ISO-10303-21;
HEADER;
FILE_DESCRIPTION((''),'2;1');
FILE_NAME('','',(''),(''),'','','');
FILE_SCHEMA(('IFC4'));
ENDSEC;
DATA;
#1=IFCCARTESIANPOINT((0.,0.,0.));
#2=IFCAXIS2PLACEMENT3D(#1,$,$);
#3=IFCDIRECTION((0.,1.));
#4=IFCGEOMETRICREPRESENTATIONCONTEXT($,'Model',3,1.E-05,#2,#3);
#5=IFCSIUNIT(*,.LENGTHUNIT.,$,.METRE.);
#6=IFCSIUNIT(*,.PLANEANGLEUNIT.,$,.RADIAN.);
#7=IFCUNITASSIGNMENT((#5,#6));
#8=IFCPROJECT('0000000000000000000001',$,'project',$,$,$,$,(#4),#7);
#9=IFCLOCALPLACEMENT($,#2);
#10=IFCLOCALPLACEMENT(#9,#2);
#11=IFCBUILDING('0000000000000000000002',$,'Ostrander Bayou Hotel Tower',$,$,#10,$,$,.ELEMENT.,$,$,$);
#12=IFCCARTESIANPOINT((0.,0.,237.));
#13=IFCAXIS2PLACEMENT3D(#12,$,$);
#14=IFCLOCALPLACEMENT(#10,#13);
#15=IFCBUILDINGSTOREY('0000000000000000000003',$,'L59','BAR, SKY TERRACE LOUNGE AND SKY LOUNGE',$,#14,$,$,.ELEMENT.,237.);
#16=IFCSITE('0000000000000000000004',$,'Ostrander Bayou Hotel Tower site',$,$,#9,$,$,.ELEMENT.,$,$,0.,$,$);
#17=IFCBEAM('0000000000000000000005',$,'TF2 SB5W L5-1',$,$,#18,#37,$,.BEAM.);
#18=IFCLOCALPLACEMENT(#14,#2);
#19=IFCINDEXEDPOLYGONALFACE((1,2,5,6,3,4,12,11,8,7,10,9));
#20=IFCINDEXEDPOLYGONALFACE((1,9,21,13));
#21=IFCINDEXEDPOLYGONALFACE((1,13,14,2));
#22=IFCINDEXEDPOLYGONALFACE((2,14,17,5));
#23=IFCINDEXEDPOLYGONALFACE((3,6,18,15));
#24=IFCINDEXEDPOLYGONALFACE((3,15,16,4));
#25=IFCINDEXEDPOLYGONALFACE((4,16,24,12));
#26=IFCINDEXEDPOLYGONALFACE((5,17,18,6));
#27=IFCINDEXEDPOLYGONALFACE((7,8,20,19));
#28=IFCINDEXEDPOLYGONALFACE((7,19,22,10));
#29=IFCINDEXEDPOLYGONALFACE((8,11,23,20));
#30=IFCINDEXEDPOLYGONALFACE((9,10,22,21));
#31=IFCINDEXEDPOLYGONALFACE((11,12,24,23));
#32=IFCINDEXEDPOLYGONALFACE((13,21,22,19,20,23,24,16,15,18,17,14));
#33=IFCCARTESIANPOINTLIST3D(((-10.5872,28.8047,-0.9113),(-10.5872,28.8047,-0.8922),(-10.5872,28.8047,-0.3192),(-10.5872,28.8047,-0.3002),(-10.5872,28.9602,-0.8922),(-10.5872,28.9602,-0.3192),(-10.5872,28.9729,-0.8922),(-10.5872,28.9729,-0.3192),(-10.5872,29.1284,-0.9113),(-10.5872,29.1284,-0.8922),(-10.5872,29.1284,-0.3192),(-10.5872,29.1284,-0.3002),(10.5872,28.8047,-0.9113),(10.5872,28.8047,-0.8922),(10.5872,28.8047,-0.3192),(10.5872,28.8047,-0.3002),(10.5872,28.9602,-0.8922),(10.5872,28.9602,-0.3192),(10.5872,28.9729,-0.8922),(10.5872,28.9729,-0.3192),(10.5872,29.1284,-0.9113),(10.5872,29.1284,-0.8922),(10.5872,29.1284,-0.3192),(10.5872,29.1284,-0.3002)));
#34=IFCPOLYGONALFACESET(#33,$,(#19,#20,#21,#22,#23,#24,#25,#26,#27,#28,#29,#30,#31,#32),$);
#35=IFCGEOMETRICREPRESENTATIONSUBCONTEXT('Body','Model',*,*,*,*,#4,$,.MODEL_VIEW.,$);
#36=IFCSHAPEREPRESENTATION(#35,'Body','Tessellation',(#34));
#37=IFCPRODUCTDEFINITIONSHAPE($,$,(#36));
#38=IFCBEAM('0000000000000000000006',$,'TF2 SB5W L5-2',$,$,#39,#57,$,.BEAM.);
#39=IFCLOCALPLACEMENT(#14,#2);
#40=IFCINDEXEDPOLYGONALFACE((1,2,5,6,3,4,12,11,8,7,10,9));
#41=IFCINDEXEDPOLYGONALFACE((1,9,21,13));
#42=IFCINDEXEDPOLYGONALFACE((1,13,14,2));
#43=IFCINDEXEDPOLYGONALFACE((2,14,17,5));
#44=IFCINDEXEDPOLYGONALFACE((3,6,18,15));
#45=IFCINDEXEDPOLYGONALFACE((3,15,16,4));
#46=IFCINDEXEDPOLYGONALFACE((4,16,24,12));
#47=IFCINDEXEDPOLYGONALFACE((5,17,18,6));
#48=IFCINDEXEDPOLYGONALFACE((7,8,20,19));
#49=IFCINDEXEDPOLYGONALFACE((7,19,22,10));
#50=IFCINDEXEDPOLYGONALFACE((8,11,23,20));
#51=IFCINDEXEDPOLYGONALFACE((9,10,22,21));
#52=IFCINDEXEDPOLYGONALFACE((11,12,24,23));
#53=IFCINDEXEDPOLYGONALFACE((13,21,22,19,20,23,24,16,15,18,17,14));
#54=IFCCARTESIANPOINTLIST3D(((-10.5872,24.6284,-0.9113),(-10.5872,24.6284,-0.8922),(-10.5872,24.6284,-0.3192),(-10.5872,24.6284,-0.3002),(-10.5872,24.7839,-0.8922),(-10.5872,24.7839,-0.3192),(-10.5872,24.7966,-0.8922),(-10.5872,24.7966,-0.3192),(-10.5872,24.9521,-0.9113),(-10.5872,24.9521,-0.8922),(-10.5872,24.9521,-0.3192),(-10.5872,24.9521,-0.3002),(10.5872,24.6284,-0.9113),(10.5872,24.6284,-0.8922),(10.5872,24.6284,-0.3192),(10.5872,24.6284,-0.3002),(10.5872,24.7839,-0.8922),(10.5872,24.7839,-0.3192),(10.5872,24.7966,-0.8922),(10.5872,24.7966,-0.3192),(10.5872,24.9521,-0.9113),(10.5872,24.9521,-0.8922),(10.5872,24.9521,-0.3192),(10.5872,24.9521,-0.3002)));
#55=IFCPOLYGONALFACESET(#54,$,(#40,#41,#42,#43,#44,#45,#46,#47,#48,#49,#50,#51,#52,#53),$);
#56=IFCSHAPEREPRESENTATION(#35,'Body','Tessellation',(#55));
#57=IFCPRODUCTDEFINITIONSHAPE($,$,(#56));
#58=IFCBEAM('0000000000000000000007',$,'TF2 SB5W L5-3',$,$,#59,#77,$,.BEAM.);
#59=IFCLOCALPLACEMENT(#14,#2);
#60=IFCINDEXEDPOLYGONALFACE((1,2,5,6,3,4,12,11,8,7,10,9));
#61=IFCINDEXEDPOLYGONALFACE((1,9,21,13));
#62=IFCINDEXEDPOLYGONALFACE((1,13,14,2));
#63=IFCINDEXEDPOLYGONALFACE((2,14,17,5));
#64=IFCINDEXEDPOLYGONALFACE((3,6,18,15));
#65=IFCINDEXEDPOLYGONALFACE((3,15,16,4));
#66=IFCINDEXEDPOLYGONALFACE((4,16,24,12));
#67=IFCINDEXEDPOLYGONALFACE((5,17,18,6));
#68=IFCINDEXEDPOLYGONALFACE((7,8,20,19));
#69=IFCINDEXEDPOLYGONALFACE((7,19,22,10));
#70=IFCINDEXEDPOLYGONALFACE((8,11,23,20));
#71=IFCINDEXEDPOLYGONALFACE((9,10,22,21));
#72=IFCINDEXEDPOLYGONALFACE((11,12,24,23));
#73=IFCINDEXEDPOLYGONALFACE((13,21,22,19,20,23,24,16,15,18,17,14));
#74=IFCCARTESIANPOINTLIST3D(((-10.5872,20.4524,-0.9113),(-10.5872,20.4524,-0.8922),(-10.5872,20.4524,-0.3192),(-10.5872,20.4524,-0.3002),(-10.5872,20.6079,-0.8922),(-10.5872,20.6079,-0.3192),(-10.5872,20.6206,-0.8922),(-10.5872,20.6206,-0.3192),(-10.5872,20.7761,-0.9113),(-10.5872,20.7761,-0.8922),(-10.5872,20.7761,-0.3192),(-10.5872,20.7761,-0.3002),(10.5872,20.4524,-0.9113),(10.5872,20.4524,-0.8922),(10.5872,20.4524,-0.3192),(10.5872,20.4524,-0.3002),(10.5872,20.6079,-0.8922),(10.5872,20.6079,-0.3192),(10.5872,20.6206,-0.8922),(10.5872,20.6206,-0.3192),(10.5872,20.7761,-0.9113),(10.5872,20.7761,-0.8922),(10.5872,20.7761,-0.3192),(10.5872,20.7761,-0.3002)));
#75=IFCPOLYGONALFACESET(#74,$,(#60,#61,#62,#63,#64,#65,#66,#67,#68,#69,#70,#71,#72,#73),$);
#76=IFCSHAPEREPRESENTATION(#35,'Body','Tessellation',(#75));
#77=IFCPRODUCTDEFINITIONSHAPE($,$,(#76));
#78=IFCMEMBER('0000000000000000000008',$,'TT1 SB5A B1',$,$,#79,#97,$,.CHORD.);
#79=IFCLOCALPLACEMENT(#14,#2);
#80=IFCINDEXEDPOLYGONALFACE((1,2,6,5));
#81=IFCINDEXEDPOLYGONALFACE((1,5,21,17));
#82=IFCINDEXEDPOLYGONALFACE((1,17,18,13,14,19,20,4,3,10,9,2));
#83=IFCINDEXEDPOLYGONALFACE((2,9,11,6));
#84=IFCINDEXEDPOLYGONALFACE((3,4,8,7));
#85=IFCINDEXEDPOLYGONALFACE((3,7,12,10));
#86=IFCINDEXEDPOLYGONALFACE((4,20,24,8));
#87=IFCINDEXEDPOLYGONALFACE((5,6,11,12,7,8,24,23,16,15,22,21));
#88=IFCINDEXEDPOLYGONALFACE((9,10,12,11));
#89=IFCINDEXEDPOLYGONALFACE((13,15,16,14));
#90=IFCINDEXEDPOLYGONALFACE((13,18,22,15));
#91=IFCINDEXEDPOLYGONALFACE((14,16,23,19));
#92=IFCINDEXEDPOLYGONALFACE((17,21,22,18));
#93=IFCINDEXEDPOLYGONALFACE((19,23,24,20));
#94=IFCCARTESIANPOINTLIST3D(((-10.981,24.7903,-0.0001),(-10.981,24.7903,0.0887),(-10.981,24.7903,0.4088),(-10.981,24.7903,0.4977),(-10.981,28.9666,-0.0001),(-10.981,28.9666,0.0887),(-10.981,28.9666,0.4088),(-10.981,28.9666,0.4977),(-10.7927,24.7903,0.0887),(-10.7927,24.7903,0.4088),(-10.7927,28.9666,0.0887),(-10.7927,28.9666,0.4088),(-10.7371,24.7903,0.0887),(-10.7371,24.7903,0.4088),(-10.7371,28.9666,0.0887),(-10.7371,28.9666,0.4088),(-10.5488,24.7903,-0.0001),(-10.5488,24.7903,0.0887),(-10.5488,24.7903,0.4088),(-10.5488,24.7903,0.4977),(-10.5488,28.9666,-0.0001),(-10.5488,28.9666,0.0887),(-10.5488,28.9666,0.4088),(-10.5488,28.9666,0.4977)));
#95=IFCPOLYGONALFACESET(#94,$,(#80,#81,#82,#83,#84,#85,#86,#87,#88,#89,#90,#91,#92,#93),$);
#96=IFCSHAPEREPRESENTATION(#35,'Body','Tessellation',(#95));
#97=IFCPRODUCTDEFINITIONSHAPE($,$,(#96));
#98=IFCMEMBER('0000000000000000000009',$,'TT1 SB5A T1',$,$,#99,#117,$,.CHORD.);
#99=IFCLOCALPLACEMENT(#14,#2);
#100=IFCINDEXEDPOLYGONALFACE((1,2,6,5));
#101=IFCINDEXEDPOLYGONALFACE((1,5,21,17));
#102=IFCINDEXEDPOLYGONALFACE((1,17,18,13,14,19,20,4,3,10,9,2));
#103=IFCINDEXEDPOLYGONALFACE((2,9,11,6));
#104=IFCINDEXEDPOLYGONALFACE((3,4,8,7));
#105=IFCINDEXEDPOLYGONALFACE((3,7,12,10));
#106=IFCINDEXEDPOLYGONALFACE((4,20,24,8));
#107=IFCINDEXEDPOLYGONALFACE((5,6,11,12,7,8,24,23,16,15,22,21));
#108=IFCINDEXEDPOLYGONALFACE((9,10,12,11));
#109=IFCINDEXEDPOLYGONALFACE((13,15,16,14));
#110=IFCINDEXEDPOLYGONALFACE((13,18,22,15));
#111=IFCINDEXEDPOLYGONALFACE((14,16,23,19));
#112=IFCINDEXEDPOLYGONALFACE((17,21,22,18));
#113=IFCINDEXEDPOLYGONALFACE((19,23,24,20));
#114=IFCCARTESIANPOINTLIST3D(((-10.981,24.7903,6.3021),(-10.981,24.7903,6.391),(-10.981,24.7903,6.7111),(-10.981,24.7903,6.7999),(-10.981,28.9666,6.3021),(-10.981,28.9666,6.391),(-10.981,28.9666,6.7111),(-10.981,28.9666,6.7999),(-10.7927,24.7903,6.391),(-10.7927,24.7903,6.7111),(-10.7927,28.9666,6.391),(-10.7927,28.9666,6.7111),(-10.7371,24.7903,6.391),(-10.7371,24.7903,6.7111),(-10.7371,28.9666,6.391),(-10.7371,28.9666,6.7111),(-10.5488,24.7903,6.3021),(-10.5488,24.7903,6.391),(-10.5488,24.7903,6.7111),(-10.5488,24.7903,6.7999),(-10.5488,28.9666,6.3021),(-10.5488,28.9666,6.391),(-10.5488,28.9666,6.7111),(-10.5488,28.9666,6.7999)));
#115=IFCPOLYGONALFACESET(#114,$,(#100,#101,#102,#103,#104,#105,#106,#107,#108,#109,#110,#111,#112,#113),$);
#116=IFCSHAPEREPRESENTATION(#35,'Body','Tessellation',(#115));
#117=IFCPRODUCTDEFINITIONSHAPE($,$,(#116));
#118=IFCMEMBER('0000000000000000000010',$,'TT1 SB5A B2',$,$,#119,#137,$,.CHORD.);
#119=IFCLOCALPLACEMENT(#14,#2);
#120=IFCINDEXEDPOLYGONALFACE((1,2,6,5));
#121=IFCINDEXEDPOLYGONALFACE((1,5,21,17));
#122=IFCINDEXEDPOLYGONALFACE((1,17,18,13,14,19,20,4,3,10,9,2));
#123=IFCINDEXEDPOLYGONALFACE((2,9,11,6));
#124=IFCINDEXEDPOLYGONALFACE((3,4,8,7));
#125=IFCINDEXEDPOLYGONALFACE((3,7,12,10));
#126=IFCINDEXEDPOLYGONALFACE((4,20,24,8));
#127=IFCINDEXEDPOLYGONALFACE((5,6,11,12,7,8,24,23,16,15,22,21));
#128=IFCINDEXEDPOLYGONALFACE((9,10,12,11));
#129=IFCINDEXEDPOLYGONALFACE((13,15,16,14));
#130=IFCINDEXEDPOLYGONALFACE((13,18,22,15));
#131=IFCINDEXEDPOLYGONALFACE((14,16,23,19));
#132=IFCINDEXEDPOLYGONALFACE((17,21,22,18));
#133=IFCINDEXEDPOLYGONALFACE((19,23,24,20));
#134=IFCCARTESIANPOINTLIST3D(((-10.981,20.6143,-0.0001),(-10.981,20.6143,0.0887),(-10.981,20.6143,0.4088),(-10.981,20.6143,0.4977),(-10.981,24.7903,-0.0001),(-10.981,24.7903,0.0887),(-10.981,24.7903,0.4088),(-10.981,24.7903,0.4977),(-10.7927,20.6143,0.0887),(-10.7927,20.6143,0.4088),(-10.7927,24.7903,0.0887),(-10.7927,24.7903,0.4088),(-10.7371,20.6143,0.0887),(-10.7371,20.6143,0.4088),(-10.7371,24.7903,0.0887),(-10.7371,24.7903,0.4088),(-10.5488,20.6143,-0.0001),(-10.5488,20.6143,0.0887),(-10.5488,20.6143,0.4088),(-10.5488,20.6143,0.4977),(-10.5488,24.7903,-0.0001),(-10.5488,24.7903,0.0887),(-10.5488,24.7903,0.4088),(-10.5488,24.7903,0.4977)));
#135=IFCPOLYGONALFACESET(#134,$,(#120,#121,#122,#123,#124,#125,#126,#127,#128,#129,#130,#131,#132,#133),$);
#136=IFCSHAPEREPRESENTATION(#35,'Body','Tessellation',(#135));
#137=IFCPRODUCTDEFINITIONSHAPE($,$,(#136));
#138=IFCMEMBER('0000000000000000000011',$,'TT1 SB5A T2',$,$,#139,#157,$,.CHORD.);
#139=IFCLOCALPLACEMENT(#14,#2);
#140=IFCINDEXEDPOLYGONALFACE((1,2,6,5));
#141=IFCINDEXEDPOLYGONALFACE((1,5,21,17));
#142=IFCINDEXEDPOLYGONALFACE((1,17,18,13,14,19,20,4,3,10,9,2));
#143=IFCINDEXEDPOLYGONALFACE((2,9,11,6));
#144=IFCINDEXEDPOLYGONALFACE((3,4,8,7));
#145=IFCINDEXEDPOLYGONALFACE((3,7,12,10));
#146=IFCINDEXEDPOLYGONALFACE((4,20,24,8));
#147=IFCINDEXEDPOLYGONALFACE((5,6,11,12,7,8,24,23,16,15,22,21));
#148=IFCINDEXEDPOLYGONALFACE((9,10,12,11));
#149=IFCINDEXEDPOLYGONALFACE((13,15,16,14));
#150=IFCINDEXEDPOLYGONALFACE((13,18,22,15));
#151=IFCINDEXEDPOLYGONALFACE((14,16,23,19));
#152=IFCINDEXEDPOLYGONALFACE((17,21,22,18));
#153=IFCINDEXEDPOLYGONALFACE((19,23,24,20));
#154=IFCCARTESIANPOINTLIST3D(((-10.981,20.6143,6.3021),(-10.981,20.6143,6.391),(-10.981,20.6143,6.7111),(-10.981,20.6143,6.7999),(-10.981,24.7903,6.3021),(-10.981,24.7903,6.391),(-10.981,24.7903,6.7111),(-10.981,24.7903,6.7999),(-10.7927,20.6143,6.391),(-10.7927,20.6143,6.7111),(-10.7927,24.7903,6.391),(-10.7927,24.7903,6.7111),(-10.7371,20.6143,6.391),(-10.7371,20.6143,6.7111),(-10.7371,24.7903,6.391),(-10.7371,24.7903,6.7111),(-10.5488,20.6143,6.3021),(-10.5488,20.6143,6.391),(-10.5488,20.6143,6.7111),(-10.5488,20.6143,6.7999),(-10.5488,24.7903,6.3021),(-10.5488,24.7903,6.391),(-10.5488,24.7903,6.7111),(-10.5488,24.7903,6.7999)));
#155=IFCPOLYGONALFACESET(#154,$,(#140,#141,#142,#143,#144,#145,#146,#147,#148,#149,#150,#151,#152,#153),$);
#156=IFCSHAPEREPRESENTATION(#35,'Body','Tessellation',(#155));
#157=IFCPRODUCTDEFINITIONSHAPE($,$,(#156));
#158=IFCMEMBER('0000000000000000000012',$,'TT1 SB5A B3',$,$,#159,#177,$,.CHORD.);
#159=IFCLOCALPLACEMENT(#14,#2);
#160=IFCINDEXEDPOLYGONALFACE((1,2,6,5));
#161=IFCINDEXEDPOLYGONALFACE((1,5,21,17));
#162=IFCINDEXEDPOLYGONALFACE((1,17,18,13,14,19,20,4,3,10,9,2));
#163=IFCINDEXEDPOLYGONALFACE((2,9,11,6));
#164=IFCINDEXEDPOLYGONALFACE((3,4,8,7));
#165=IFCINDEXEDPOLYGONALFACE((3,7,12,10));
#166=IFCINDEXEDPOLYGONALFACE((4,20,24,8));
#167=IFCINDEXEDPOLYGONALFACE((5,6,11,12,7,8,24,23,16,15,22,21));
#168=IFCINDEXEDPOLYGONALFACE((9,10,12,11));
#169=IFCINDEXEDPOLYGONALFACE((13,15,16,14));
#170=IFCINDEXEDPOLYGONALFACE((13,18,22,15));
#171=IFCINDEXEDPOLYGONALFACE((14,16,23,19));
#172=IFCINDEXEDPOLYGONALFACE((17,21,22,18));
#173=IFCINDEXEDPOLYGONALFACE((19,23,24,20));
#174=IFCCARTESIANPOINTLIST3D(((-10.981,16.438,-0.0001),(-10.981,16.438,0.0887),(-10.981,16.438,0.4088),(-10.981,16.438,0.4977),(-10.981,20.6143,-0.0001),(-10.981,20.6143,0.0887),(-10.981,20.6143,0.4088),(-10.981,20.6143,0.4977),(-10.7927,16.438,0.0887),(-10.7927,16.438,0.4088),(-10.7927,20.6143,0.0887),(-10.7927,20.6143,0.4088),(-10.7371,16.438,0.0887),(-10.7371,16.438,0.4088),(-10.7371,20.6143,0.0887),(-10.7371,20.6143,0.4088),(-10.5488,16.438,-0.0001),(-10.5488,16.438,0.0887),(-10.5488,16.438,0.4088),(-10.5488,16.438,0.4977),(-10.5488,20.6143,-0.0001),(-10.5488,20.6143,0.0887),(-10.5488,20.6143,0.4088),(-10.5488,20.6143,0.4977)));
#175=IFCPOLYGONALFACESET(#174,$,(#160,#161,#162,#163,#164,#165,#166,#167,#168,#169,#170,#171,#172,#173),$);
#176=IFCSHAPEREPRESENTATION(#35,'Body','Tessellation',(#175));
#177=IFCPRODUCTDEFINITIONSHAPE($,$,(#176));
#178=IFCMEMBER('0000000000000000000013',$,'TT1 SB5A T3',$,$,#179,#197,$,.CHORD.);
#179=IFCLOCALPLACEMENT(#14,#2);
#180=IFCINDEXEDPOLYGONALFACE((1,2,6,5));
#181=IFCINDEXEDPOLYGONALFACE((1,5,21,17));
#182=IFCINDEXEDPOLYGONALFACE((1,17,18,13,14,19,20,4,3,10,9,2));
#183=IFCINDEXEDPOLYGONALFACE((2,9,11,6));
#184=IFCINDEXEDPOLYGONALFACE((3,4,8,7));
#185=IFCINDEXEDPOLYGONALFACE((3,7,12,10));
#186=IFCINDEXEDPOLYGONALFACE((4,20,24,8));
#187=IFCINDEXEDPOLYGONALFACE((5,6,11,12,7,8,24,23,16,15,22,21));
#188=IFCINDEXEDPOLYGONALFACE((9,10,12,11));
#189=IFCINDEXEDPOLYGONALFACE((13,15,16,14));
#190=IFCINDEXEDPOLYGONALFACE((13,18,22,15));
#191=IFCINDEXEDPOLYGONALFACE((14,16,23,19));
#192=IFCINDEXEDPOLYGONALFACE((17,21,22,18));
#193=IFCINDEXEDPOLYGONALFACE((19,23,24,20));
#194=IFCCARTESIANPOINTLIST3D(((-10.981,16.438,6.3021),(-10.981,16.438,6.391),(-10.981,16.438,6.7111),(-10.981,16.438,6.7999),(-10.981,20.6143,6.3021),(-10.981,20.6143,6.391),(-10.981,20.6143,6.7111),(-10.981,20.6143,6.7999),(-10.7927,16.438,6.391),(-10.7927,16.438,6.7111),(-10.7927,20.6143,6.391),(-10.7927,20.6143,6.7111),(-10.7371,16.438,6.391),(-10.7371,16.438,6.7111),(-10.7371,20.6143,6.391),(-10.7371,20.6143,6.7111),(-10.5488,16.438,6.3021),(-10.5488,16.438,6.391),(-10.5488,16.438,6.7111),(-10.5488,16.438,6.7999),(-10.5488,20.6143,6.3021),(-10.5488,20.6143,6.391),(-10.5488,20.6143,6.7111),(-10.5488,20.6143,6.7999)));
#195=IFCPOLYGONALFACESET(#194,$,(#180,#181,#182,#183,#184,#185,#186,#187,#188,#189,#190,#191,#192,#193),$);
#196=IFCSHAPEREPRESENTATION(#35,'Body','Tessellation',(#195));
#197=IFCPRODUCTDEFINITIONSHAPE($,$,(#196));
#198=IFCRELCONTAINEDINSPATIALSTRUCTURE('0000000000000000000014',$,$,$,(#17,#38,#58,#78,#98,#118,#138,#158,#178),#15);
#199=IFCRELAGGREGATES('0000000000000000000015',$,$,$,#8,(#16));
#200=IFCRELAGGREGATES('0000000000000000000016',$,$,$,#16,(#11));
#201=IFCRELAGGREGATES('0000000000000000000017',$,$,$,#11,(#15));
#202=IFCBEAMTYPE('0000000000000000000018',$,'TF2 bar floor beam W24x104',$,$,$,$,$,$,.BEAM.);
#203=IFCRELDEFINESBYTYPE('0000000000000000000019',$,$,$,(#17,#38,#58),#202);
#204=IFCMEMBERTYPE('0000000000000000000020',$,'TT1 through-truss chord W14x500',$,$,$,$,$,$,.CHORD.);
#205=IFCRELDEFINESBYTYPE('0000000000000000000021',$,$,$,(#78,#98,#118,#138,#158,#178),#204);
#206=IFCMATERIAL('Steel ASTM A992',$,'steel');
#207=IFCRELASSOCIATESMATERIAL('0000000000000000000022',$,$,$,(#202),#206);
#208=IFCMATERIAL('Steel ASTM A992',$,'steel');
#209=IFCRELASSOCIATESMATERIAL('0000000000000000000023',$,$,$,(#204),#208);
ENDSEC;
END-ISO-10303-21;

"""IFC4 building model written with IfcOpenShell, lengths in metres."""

from ifc_helpers import new_model, si_unit, direction, frame, origin, origin_2d, place, context, subcontext, project, spatial, i_section, extrude, material, material_profile, profile_set, type_object, element, save


model = new_model("IFC4")

# Units and contexts
model_context = context("Model", 3, precision=1e-05, world=origin(), true_north=direction((0.0, 1.0)))
body_context = subcontext(model_context, "Body", "Model", "MODEL_VIEW")
ifc_project = project(units=[si_unit("LENGTHUNIT", "METRE"), si_unit("PLANEANGLEUNIT", "RADIAN")], contexts=[model_context])

# Site, building, storey
site_placement = place(None, origin())
site = spatial("IfcSite", under=ifc_project, at=site_placement, Name="Ostrander Bayou Hotel Tower site", CompositionType="ELEMENT", RefElevation=0.0)
building_placement = place(site_placement, origin())
building = spatial("IfcBuilding", under=site, at=building_placement, Name="Ostrander Bayou Hotel Tower", CompositionType="ELEMENT")
storey_placement = place(building_placement, frame((0.0, 0.0, 237.0)))
storey = spatial("IfcBuildingStorey", under=building, at=storey_placement, Name="L59", Description="BAR, SKY TERRACE LOUNGE AND SKY LOUNGE", CompositionType="ELEMENT", Elevation=237.0)

# Beams
ifc_material_1 = material(Name="Steel ASTM A992", Category="steel")
ifc_material_profile_1 = material_profile(ifc_material_1, i_section(OverallWidth=0.3237, OverallDepth=0.6111, WebThickness=0.0127, FlangeThickness=0.019, at=origin_2d()))
ifc_profile_set_1 = profile_set([ifc_material_profile_1], Name="Steel ASTM A992")
beam_type = type_object("IfcBeamType", Name="TF2 bar floor beam W24x104", PredefinedType="BEAM", material=ifc_profile_set_1)
for number, where, z_axis, x_axis, name in (
    (1, (-10.5872, 28.9666, -0.6057), (1.0, 0.0, 0.0), (0.0, 1.0, 0.0), "TF2 SB5W L5-1"),
    (2, (-10.5872, 24.7903, -0.6057), (1.0, 0.0, 0.0), (0.0, 1.0, 0.0), "TF2 SB5W L5-2"),
    (3, (-10.5872, 20.6143, -0.6057), (1.0, 0.0, 0.0), (0.0, 1.0, 0.0), "TF2 SB5W L5-3"),
):
    element("IfcBeam", number, at=place(storey_placement, frame(where, z_axis=z_axis, x_axis=x_axis)), inside=storey, type_object=beam_type, Name=name, PredefinedType="BEAM", context=body_context, shape_type="SweptSolid", body=[
        extrude(i_section(OverallWidth=0.3237, OverallDepth=0.6111, WebThickness=0.0127, FlangeThickness=0.019, at=origin_2d()), origin(), (0.0, 0.0, 1.0), 21.1743),
    ])

# Members
ifc_material_2 = material(Name="Steel ASTM A992", Category="steel")
ifc_material_profile_2 = material_profile(ifc_material_2, i_section(OverallWidth=0.4321, OverallDepth=0.4978, WebThickness=0.0557, FlangeThickness=0.0889, at=origin_2d()))
ifc_profile_set_2 = profile_set([ifc_material_profile_2], Name="Steel ASTM A992")
member_type_1 = type_object("IfcMemberType", Name="TT1 through-truss chord W14x500", PredefinedType="CHORD", material=ifc_profile_set_2)
for number, where, z_axis, x_axis, name in (
    (4, (-10.7649, 28.9666, 0.2488), (0.0, -1.0, 0.0), (1.0, 0.0, 0.0), "TT1 SB5A B1"),
    (5, (-10.7649, 28.9666, 6.551), (0.0, -1.0, 0.0), (1.0, 0.0, 0.0), "TT1 SB5A T1"),
):
    element("IfcMember", number, at=place(storey_placement, frame(where, z_axis=z_axis, x_axis=x_axis)), inside=storey, type_object=member_type_1, Name=name, PredefinedType="CHORD", context=body_context, shape_type="SweptSolid", body=[
        extrude(i_section(OverallWidth=0.4321, OverallDepth=0.4978, WebThickness=0.0557, FlangeThickness=0.0889, at=origin_2d()), origin(), (0.0, 0.0, 1.0), 4.1763),
    ])
for number, where, z_axis, x_axis, name in (
    (6, (-10.7649, 24.7903, 0.2488), (0.0, -1.0, 0.0), (1.0, 0.0, 0.0), "TT1 SB5A B2"),
    (7, (-10.7649, 24.7903, 6.551), (0.0, -1.0, 0.0), (1.0, 0.0, 0.0), "TT1 SB5A T2"),
):
    element("IfcMember", number, at=place(storey_placement, frame(where, z_axis=z_axis, x_axis=x_axis)), inside=storey, type_object=member_type_1, Name=name, PredefinedType="CHORD", context=body_context, shape_type="SweptSolid", body=[
        extrude(i_section(OverallWidth=0.4321, OverallDepth=0.4978, WebThickness=0.0557, FlangeThickness=0.0889, at=origin_2d()), origin(), (0.0, 0.0, 1.0), 4.176),
    ])
for number, where, z_axis, x_axis, name in (
    (8, (-10.7649, 20.6143, 0.2488), (0.0, -1.0, 0.0), (1.0, 0.0, 0.0), "TT1 SB5A B3"),
    (9, (-10.7649, 20.6143, 6.551), (0.0, -1.0, 0.0), (1.0, 0.0, 0.0), "TT1 SB5A T3"),
):
    element("IfcMember", number, at=place(storey_placement, frame(where, z_axis=z_axis, x_axis=x_axis)), inside=storey, type_object=member_type_1, Name=name, PredefinedType="CHORD", context=body_context, shape_type="SweptSolid", body=[
        extrude(i_section(OverallWidth=0.4321, OverallDepth=0.4978, WebThickness=0.0557, FlangeThickness=0.0889, at=origin_2d()), origin(), (0.0, 0.0, 1.0), 4.1763),
    ])

save(model, "model.ifc")
